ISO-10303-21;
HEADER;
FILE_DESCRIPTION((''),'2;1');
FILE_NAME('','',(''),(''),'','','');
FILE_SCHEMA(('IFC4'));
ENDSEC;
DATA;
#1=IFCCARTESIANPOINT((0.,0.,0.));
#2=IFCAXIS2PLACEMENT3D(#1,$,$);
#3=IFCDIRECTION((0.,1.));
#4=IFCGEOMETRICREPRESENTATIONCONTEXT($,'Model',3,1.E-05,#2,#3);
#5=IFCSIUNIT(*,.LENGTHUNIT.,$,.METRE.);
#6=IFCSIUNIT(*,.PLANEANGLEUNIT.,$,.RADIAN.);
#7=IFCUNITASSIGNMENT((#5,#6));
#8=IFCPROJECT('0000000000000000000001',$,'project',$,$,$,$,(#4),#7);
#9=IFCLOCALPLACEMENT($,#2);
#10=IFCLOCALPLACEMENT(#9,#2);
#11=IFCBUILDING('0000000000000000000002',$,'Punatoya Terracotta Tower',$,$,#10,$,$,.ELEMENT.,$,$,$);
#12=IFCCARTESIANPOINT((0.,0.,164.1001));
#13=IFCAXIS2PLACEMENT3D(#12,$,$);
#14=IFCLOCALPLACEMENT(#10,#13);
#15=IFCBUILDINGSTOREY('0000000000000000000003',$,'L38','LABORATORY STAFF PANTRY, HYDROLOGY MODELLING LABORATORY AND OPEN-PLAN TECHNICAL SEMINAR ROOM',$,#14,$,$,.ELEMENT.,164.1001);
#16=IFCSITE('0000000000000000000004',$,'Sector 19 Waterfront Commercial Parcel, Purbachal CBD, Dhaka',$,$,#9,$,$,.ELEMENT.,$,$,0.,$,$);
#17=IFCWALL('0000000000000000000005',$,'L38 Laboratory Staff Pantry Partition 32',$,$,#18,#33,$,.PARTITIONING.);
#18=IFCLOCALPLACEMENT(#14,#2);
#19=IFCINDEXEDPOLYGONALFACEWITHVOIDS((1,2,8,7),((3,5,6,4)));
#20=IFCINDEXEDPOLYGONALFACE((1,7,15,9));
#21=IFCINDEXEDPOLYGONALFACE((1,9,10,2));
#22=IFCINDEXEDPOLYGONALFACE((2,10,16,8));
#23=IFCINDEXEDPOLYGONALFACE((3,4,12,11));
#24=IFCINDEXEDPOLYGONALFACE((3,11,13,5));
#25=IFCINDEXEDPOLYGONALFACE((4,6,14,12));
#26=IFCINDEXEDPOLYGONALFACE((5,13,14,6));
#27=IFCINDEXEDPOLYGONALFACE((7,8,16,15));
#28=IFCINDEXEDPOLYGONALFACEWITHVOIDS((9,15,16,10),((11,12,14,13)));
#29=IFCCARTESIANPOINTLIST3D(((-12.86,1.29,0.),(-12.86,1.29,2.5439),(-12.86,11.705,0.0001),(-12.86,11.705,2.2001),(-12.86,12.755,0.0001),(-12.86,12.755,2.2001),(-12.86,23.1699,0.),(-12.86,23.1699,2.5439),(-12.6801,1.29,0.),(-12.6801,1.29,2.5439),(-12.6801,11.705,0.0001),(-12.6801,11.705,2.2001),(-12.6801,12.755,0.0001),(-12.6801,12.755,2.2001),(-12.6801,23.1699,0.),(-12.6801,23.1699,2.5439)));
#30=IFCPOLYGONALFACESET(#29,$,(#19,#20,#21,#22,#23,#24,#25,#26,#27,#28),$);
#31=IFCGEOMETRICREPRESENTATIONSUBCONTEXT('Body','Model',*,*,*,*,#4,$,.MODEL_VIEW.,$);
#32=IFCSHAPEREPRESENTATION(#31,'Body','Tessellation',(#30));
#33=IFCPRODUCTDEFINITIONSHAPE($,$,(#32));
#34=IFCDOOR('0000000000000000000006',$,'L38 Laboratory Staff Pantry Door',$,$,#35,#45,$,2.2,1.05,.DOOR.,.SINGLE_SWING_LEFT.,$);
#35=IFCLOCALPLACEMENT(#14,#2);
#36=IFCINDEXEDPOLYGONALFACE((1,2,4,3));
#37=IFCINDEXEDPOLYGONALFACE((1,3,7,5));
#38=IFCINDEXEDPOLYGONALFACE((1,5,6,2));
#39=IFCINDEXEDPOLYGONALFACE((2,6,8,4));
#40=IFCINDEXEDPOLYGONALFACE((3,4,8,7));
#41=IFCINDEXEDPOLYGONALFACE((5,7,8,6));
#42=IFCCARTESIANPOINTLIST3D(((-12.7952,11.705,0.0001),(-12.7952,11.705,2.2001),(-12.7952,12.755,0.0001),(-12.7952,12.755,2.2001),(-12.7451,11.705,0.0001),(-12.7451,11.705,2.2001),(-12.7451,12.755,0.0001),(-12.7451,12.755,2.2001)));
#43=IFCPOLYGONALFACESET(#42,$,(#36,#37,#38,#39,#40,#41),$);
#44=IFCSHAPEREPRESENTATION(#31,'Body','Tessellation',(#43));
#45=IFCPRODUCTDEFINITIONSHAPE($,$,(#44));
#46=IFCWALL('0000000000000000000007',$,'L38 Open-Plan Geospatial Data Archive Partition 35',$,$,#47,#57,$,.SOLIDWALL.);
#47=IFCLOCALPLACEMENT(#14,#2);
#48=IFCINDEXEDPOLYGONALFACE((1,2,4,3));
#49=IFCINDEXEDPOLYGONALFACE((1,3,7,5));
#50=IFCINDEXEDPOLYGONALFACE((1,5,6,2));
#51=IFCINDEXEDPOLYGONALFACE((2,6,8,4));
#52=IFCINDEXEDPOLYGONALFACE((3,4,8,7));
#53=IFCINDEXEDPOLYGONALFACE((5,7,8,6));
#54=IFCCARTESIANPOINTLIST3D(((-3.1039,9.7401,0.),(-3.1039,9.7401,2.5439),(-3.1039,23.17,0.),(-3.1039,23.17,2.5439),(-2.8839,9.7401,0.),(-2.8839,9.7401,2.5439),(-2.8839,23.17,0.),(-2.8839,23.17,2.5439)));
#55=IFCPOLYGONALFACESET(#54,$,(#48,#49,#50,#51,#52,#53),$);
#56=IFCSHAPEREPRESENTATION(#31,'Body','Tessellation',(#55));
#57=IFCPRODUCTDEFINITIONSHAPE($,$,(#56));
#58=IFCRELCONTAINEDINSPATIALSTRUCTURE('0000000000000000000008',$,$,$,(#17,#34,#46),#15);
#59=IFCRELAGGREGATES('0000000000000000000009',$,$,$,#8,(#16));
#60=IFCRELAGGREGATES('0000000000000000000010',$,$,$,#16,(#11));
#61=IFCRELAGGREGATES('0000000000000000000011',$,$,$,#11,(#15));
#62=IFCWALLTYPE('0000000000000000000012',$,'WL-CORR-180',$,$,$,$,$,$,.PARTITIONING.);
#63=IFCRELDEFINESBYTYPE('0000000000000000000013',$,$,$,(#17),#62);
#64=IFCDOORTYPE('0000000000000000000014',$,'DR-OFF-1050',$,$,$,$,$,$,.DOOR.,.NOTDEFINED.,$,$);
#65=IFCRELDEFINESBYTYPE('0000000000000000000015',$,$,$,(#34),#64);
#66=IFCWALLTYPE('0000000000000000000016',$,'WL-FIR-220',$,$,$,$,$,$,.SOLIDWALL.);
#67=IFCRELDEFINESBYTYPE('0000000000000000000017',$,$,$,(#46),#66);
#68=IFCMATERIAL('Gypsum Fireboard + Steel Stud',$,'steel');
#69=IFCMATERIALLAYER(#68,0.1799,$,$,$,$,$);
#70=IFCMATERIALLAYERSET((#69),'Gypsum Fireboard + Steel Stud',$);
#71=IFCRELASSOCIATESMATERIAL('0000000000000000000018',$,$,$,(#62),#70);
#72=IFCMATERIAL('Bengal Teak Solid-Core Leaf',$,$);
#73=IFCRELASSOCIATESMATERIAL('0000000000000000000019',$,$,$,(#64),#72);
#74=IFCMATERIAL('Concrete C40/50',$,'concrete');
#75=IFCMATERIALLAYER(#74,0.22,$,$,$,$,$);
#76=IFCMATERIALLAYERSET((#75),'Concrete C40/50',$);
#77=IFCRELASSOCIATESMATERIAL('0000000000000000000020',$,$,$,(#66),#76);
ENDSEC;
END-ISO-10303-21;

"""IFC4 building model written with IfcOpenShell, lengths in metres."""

from ifc_helpers import new_model, si_unit, direction, frame, frame_2d, origin, place, context, subcontext, project, spatial, rectangle, extrude, material, layer, layer_set, type_object, element, fill, save


model = new_model("IFC4")

# Units and contexts
model_context = context("Model", 3, precision=1e-05, world=origin(), true_north=direction((0.0, 1.0)))
body_context = subcontext(model_context, "Body", "Model", "MODEL_VIEW")
ifc_project = project(units=[si_unit("LENGTHUNIT", "METRE"), si_unit("PLANEANGLEUNIT", "RADIAN")], contexts=[model_context])

# Site, building, storey
site_placement = place(None, origin())
site = spatial("IfcSite", under=ifc_project, at=site_placement, Name="Sector 19 Waterfront Commercial Parcel, Purbachal CBD, Dhaka", CompositionType="ELEMENT", RefElevation=0.0)
building_placement = place(site_placement, origin())
building = spatial("IfcBuilding", under=site, at=building_placement, Name="Punatoya Terracotta Tower", CompositionType="ELEMENT")
storey_placement = place(building_placement, frame((0.0, 0.0, 164.1001)))
storey = spatial("IfcBuildingStorey", under=building, at=storey_placement, Name="L38", Description="LABORATORY STAFF PANTRY, HYDROLOGY MODELLING LABORATORY AND OPEN-PLAN TECHNICAL SEMINAR ROOM", CompositionType="ELEMENT", Elevation=164.1001)

# Wall, opening, door
ifc_material_1 = material(Name="Gypsum Fireboard + Steel Stud", Category="steel")
ifc_layer_1 = layer(ifc_material_1, 0.1799)
ifc_layer_set_1 = layer_set([ifc_layer_1], Name="Gypsum Fireboard + Steel Stud")
wall_type_1 = type_object("IfcWallType", Name="WL-CORR-180", PredefinedType="PARTITIONING", material=ifc_layer_set_1)
wall_1_placement = place(storey_placement, frame((-12.77, 23.1699, 0.0), z_axis=(0.0, 0.0, 1.0), x_axis=(0.0, -1.0, 0.0)))
wall_1 = element("IfcWall", 1, at=wall_1_placement, inside=storey, type_object=wall_type_1, Name="L38 Laboratory Staff Pantry Partition 32", PredefinedType="PARTITIONING", context=body_context, shape_type="SweptSolid", body=[
    extrude(rectangle(XDim=21.8799, YDim=0.1799, at=frame_2d((10.9399, 0.0))), origin(), (0.0, 0.0, 1.0), 2.5439),
])
opening_placement = place(wall_1_placement, frame((10.415, 0.0, 0.0)))
opening = element("IfcOpeningElement", 2, at=opening_placement, cuts=wall_1, PredefinedType="OPENING", context=body_context, shape_type="SweptSolid", body=[
    extrude(rectangle(XDim=1.05, YDim=2.2, at=frame_2d((0.5249, 1.1001))), frame((0.0, 0.0999, 0.0), z_axis=(0.0, -1.0, 0.0), x_axis=(1.0, 0.0, 0.0)), (0.0, 0.0, 1.0), 0.2),
])
ifc_material_2 = material(Name="Bengal Teak Solid-Core Leaf")
door_type = type_object("IfcDoorType", Name="DR-OFF-1050", OperationType="NOTDEFINED", PredefinedType="DOOR", material=ifc_material_2)
door_placement = place(opening_placement, origin())
door = element("IfcDoor", 3, at=door_placement, inside=storey, type_object=door_type, Name="L38 Laboratory Staff Pantry Door", OperationType="SINGLE_SWING_LEFT", OverallHeight=2.2, OverallWidth=1.05, PredefinedType="DOOR", context=body_context, shape_type="SweptSolid", body=[
    extrude(rectangle(XDim=1.05, YDim=2.2, at=frame_2d((0.5249, 1.1001))), frame((0.0, 0.0249, 0.0), z_axis=(0.0, -1.0, 0.0), x_axis=(1.0, 0.0, 0.0)), (0.0, 0.0, 1.0), 0.05),
])
fill(opening, door)

# Wall
ifc_material_3 = material(Name="Concrete C40/50", Category="concrete")
ifc_layer_2 = layer(ifc_material_3, 0.22)
ifc_layer_set_2 = layer_set([ifc_layer_2], Name="Concrete C40/50")
wall_type_2 = type_object("IfcWallType", Name="WL-FIR-220", PredefinedType="SOLIDWALL", material=ifc_layer_set_2)
wall_2_placement = place(storey_placement, frame((-2.9939, 23.1699, 0.0), z_axis=(0.0, 0.0, 1.0), x_axis=(0.0, -1.0, 0.0)))
element("IfcWall", 4, at=wall_2_placement, inside=storey, type_object=wall_type_2, Name="L38 Open-Plan Geospatial Data Archive Partition 35", PredefinedType="SOLIDWALL", context=body_context, shape_type="SweptSolid", body=[
    extrude(rectangle(XDim=13.4299, YDim=0.22, at=frame_2d((6.7148, 0.0))), origin(), (0.0, 0.0, 1.0), 2.5439),
])

save(model, "model.ifc")
